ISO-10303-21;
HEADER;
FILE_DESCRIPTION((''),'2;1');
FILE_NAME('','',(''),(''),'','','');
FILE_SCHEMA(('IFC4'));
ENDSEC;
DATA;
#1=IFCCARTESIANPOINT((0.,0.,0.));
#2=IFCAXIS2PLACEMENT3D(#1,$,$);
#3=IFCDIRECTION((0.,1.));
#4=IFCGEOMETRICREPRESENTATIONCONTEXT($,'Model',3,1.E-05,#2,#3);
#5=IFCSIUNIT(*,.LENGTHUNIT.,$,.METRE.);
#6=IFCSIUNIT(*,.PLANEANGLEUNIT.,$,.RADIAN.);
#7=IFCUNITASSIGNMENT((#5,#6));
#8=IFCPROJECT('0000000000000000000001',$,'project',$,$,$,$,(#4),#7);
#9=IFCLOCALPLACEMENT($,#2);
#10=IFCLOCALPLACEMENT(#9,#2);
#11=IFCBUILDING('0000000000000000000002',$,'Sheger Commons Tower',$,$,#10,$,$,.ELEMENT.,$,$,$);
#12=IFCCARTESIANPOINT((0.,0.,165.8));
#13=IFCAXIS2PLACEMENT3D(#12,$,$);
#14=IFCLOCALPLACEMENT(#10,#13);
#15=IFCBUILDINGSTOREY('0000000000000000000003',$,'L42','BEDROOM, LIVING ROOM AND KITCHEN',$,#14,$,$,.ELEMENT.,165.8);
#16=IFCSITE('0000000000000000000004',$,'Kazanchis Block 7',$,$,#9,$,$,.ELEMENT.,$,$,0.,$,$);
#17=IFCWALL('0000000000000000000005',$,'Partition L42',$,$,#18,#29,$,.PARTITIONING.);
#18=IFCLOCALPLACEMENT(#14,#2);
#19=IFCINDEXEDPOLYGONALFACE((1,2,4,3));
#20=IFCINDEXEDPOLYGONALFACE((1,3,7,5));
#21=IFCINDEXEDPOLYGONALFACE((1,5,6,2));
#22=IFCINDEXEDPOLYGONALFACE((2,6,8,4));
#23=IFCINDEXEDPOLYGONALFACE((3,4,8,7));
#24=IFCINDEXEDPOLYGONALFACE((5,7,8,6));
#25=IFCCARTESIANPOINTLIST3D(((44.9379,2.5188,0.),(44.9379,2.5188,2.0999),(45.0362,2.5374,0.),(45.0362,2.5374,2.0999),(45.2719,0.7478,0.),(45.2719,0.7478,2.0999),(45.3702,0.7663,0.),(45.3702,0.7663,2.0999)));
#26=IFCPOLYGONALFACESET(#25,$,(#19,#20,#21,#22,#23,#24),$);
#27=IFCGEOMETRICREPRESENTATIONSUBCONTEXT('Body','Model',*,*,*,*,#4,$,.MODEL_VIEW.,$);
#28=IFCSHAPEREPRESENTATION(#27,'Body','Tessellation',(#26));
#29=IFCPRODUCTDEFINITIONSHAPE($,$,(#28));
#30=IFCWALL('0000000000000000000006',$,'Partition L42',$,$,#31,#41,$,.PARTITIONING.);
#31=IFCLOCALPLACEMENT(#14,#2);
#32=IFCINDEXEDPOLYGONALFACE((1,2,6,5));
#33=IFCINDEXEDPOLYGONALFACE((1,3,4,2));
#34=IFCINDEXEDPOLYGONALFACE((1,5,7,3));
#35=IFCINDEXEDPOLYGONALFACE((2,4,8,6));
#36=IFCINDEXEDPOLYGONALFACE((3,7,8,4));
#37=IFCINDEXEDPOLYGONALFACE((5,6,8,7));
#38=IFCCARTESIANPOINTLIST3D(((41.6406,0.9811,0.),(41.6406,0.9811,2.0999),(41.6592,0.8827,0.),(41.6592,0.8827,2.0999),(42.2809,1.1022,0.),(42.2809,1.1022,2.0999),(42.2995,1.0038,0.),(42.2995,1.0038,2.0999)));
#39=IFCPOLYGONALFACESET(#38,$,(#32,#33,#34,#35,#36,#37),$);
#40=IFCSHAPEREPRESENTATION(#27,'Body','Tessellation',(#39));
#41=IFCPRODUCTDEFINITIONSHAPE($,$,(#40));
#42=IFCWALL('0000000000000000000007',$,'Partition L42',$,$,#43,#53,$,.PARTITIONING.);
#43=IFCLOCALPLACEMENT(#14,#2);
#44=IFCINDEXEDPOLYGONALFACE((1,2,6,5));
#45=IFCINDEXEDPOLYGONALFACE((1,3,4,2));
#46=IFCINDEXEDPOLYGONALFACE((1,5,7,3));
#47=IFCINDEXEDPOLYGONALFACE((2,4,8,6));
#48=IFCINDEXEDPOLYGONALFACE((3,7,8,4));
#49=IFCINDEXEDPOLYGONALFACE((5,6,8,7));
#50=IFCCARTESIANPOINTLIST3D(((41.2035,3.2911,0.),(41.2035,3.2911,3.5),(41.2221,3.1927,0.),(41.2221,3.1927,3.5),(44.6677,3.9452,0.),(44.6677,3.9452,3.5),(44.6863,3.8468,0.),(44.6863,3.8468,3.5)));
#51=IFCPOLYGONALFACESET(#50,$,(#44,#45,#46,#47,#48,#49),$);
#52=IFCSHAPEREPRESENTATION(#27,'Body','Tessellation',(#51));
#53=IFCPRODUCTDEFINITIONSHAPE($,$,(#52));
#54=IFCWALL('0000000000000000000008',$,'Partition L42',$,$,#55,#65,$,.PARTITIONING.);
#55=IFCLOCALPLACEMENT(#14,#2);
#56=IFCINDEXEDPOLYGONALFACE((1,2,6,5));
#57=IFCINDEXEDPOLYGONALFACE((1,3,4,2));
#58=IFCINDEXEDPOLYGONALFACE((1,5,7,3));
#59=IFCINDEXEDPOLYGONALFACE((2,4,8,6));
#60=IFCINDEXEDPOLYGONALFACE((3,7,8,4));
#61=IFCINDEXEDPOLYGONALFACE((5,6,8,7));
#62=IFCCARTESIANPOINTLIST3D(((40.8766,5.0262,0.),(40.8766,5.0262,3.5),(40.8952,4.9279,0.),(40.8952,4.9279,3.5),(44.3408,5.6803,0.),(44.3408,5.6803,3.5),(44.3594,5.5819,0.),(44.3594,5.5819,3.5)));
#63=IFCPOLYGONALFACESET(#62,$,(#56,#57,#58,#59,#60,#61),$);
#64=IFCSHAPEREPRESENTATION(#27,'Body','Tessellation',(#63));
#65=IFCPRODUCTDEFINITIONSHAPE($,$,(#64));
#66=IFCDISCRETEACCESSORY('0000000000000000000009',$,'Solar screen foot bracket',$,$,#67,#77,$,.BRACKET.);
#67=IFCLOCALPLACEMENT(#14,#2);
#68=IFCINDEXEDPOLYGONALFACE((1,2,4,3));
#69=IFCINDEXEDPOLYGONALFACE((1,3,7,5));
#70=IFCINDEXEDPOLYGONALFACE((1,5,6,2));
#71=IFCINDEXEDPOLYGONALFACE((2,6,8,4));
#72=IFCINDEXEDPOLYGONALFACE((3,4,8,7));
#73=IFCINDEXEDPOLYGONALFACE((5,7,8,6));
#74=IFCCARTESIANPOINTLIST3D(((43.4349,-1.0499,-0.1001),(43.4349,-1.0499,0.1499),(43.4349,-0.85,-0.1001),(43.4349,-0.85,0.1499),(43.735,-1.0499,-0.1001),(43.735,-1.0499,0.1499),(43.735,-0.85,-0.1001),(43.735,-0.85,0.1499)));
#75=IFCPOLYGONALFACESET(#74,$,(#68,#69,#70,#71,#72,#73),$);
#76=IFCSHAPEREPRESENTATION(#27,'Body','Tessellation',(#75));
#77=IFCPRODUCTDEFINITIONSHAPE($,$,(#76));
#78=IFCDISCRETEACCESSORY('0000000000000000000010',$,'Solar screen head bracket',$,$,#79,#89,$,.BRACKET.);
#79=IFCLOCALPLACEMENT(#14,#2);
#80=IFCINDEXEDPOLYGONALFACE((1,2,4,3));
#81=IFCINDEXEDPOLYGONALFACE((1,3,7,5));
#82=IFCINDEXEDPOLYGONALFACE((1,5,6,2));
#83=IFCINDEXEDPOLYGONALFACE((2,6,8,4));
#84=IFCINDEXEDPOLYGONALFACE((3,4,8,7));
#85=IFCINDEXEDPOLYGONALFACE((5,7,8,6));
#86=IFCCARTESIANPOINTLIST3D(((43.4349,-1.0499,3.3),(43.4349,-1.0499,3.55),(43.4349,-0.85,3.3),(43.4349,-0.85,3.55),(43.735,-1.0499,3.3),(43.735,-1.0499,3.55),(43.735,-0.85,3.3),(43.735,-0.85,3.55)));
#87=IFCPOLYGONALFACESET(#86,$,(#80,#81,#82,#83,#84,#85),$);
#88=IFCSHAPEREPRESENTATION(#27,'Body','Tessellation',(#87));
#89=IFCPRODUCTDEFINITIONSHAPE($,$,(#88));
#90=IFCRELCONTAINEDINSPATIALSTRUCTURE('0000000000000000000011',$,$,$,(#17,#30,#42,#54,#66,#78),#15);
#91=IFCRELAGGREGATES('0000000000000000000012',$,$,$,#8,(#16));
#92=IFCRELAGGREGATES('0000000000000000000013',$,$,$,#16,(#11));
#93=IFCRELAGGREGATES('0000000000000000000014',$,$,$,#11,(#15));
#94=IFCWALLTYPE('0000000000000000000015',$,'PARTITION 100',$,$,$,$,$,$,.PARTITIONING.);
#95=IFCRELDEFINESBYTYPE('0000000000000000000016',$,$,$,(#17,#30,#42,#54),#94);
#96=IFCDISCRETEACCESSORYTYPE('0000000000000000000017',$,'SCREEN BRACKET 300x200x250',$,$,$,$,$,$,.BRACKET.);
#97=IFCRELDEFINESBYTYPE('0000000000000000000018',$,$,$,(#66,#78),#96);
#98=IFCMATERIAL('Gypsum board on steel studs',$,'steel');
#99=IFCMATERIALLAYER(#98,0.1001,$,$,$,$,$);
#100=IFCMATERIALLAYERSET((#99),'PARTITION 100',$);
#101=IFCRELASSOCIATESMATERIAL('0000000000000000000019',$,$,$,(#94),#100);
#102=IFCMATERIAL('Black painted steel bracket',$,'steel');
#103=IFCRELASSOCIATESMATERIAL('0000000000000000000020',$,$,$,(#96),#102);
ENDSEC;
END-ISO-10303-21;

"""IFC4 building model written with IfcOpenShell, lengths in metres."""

from ifc_helpers import new_model, si_unit, direction, frame, frame_2d, origin, origin_2d, place, context, subcontext, project, spatial, rectangle, extrude, material, layer, layer_set, type_object, element, save


model = new_model("IFC4")

# Units and contexts
model_context = context("Model", 3, precision=1e-05, world=origin(), true_north=direction((0.0, 1.0)))
body_context = subcontext(model_context, "Body", "Model", "MODEL_VIEW")
ifc_project = project(units=[si_unit("LENGTHUNIT", "METRE"), si_unit("PLANEANGLEUNIT", "RADIAN")], contexts=[model_context])

# Site, building, storey
site_placement = place(None, origin())
site = spatial("IfcSite", under=ifc_project, at=site_placement, Name="Kazanchis Block 7", CompositionType="ELEMENT", RefElevation=0.0)
building_placement = place(site_placement, origin())
building = spatial("IfcBuilding", under=site, at=building_placement, Name="Sheger Commons Tower", CompositionType="ELEMENT")
storey_placement = place(building_placement, frame((0.0, 0.0, 165.8)))
storey = spatial("IfcBuildingStorey", under=building, at=storey_placement, Name="L42", Description="BEDROOM, LIVING ROOM AND KITCHEN", CompositionType="ELEMENT", Elevation=165.8)

# Shared definitions
ifc_material_1 = material(Name="Gypsum board on steel studs", Category="steel")
ifc_layer_1 = layer(ifc_material_1, 0.1001)
ifc_layer_set_1 = layer_set([ifc_layer_1], Name="PARTITION 100")
wall_type_1 = type_object("IfcWallType", Name="PARTITION 100", PredefinedType="PARTITIONING", material=ifc_layer_set_1)

# Walls
wall_1_placement = place(storey_placement, frame((44.9871, 2.5281, 0.0), z_axis=(0.0, 0.0, 1.0), x_axis=(0.185319, -0.982678, 0.0)))
element("IfcWall", 1, at=wall_1_placement, inside=storey, type_object=wall_type_1, Name="Partition L42", PredefinedType="PARTITIONING", context=body_context, shape_type="SweptSolid", body=[
    extrude(rectangle(XDim=1.8022, YDim=0.1001, at=frame_2d((0.9011, 0.0))), origin(), (0.0, 0.0, 1.0), 2.0999),
])
wall_2_placement = place(storey_placement, frame((42.29, 1.053, 0.0), z_axis=(0.0, 0.0, 1.0), x_axis=(-0.982574, -0.185872, 0.0)))
element("IfcWall", 2, at=wall_2_placement, inside=storey, type_object=wall_type_1, Name="Partition L42", PredefinedType="PARTITIONING", context=body_context, shape_type="SweptSolid", body=[
    extrude(rectangle(XDim=0.6516, YDim=0.1001, at=frame_2d((0.3257, 0.0))), origin(), (0.0, 0.0, 1.0), 2.0999),
])
for number, where, z_axis, x_axis, name in (
    (3, (44.677, 3.896, 0.0), (0.0, 0.0, 1.0), (-0.982639, -0.18553, 0.0), "Partition L42"),
    (4, (44.3501, 5.6311, 0.0), (0.0, 0.0, 1.0), (-0.982639, -0.18553, 0.0), "Partition L42"),
):
    element("IfcWall", number, at=place(storey_placement, frame(where, z_axis=z_axis, x_axis=x_axis)), inside=storey, type_object=wall_type_1, Name=name, PredefinedType="PARTITIONING", context=body_context, shape_type="SweptSolid", body=[
        extrude(rectangle(XDim=3.5254, YDim=0.1001, at=frame_2d((1.7627, 0.0))), origin(), (0.0, 0.0, 1.0), 3.5),
    ])

# Discrete accessories
ifc_material_2 = material(Name="Black painted steel bracket", Category="steel")
discrete_accessory_type = type_object("IfcDiscreteAccessoryType", Name="SCREEN BRACKET 300x200x250", PredefinedType="BRACKET", material=ifc_material_2)
for number, where, z_axis, x_axis, name in (
    (5, (43.585, -0.95, -0.1001), (0.0, 0.0, 1.0), (1.0, 0.0, 0.0), "Solar screen foot bracket"),
    (6, (43.585, -0.95, 3.3), (0.0, 0.0, 1.0), (1.0, 0.0, 0.0), "Solar screen head bracket"),
):
    element("IfcDiscreteAccessory", number, at=place(storey_placement, frame(where, z_axis=z_axis, x_axis=x_axis)), inside=storey, type_object=discrete_accessory_type, Name=name, PredefinedType="BRACKET", context=body_context, shape_type="SweptSolid", body=[
        extrude(rectangle(XDim=0.3, YDim=0.2, at=origin_2d()), origin(), (0.0, 0.0, 1.0), 0.25),
    ])

save(model, "model.ifc")
